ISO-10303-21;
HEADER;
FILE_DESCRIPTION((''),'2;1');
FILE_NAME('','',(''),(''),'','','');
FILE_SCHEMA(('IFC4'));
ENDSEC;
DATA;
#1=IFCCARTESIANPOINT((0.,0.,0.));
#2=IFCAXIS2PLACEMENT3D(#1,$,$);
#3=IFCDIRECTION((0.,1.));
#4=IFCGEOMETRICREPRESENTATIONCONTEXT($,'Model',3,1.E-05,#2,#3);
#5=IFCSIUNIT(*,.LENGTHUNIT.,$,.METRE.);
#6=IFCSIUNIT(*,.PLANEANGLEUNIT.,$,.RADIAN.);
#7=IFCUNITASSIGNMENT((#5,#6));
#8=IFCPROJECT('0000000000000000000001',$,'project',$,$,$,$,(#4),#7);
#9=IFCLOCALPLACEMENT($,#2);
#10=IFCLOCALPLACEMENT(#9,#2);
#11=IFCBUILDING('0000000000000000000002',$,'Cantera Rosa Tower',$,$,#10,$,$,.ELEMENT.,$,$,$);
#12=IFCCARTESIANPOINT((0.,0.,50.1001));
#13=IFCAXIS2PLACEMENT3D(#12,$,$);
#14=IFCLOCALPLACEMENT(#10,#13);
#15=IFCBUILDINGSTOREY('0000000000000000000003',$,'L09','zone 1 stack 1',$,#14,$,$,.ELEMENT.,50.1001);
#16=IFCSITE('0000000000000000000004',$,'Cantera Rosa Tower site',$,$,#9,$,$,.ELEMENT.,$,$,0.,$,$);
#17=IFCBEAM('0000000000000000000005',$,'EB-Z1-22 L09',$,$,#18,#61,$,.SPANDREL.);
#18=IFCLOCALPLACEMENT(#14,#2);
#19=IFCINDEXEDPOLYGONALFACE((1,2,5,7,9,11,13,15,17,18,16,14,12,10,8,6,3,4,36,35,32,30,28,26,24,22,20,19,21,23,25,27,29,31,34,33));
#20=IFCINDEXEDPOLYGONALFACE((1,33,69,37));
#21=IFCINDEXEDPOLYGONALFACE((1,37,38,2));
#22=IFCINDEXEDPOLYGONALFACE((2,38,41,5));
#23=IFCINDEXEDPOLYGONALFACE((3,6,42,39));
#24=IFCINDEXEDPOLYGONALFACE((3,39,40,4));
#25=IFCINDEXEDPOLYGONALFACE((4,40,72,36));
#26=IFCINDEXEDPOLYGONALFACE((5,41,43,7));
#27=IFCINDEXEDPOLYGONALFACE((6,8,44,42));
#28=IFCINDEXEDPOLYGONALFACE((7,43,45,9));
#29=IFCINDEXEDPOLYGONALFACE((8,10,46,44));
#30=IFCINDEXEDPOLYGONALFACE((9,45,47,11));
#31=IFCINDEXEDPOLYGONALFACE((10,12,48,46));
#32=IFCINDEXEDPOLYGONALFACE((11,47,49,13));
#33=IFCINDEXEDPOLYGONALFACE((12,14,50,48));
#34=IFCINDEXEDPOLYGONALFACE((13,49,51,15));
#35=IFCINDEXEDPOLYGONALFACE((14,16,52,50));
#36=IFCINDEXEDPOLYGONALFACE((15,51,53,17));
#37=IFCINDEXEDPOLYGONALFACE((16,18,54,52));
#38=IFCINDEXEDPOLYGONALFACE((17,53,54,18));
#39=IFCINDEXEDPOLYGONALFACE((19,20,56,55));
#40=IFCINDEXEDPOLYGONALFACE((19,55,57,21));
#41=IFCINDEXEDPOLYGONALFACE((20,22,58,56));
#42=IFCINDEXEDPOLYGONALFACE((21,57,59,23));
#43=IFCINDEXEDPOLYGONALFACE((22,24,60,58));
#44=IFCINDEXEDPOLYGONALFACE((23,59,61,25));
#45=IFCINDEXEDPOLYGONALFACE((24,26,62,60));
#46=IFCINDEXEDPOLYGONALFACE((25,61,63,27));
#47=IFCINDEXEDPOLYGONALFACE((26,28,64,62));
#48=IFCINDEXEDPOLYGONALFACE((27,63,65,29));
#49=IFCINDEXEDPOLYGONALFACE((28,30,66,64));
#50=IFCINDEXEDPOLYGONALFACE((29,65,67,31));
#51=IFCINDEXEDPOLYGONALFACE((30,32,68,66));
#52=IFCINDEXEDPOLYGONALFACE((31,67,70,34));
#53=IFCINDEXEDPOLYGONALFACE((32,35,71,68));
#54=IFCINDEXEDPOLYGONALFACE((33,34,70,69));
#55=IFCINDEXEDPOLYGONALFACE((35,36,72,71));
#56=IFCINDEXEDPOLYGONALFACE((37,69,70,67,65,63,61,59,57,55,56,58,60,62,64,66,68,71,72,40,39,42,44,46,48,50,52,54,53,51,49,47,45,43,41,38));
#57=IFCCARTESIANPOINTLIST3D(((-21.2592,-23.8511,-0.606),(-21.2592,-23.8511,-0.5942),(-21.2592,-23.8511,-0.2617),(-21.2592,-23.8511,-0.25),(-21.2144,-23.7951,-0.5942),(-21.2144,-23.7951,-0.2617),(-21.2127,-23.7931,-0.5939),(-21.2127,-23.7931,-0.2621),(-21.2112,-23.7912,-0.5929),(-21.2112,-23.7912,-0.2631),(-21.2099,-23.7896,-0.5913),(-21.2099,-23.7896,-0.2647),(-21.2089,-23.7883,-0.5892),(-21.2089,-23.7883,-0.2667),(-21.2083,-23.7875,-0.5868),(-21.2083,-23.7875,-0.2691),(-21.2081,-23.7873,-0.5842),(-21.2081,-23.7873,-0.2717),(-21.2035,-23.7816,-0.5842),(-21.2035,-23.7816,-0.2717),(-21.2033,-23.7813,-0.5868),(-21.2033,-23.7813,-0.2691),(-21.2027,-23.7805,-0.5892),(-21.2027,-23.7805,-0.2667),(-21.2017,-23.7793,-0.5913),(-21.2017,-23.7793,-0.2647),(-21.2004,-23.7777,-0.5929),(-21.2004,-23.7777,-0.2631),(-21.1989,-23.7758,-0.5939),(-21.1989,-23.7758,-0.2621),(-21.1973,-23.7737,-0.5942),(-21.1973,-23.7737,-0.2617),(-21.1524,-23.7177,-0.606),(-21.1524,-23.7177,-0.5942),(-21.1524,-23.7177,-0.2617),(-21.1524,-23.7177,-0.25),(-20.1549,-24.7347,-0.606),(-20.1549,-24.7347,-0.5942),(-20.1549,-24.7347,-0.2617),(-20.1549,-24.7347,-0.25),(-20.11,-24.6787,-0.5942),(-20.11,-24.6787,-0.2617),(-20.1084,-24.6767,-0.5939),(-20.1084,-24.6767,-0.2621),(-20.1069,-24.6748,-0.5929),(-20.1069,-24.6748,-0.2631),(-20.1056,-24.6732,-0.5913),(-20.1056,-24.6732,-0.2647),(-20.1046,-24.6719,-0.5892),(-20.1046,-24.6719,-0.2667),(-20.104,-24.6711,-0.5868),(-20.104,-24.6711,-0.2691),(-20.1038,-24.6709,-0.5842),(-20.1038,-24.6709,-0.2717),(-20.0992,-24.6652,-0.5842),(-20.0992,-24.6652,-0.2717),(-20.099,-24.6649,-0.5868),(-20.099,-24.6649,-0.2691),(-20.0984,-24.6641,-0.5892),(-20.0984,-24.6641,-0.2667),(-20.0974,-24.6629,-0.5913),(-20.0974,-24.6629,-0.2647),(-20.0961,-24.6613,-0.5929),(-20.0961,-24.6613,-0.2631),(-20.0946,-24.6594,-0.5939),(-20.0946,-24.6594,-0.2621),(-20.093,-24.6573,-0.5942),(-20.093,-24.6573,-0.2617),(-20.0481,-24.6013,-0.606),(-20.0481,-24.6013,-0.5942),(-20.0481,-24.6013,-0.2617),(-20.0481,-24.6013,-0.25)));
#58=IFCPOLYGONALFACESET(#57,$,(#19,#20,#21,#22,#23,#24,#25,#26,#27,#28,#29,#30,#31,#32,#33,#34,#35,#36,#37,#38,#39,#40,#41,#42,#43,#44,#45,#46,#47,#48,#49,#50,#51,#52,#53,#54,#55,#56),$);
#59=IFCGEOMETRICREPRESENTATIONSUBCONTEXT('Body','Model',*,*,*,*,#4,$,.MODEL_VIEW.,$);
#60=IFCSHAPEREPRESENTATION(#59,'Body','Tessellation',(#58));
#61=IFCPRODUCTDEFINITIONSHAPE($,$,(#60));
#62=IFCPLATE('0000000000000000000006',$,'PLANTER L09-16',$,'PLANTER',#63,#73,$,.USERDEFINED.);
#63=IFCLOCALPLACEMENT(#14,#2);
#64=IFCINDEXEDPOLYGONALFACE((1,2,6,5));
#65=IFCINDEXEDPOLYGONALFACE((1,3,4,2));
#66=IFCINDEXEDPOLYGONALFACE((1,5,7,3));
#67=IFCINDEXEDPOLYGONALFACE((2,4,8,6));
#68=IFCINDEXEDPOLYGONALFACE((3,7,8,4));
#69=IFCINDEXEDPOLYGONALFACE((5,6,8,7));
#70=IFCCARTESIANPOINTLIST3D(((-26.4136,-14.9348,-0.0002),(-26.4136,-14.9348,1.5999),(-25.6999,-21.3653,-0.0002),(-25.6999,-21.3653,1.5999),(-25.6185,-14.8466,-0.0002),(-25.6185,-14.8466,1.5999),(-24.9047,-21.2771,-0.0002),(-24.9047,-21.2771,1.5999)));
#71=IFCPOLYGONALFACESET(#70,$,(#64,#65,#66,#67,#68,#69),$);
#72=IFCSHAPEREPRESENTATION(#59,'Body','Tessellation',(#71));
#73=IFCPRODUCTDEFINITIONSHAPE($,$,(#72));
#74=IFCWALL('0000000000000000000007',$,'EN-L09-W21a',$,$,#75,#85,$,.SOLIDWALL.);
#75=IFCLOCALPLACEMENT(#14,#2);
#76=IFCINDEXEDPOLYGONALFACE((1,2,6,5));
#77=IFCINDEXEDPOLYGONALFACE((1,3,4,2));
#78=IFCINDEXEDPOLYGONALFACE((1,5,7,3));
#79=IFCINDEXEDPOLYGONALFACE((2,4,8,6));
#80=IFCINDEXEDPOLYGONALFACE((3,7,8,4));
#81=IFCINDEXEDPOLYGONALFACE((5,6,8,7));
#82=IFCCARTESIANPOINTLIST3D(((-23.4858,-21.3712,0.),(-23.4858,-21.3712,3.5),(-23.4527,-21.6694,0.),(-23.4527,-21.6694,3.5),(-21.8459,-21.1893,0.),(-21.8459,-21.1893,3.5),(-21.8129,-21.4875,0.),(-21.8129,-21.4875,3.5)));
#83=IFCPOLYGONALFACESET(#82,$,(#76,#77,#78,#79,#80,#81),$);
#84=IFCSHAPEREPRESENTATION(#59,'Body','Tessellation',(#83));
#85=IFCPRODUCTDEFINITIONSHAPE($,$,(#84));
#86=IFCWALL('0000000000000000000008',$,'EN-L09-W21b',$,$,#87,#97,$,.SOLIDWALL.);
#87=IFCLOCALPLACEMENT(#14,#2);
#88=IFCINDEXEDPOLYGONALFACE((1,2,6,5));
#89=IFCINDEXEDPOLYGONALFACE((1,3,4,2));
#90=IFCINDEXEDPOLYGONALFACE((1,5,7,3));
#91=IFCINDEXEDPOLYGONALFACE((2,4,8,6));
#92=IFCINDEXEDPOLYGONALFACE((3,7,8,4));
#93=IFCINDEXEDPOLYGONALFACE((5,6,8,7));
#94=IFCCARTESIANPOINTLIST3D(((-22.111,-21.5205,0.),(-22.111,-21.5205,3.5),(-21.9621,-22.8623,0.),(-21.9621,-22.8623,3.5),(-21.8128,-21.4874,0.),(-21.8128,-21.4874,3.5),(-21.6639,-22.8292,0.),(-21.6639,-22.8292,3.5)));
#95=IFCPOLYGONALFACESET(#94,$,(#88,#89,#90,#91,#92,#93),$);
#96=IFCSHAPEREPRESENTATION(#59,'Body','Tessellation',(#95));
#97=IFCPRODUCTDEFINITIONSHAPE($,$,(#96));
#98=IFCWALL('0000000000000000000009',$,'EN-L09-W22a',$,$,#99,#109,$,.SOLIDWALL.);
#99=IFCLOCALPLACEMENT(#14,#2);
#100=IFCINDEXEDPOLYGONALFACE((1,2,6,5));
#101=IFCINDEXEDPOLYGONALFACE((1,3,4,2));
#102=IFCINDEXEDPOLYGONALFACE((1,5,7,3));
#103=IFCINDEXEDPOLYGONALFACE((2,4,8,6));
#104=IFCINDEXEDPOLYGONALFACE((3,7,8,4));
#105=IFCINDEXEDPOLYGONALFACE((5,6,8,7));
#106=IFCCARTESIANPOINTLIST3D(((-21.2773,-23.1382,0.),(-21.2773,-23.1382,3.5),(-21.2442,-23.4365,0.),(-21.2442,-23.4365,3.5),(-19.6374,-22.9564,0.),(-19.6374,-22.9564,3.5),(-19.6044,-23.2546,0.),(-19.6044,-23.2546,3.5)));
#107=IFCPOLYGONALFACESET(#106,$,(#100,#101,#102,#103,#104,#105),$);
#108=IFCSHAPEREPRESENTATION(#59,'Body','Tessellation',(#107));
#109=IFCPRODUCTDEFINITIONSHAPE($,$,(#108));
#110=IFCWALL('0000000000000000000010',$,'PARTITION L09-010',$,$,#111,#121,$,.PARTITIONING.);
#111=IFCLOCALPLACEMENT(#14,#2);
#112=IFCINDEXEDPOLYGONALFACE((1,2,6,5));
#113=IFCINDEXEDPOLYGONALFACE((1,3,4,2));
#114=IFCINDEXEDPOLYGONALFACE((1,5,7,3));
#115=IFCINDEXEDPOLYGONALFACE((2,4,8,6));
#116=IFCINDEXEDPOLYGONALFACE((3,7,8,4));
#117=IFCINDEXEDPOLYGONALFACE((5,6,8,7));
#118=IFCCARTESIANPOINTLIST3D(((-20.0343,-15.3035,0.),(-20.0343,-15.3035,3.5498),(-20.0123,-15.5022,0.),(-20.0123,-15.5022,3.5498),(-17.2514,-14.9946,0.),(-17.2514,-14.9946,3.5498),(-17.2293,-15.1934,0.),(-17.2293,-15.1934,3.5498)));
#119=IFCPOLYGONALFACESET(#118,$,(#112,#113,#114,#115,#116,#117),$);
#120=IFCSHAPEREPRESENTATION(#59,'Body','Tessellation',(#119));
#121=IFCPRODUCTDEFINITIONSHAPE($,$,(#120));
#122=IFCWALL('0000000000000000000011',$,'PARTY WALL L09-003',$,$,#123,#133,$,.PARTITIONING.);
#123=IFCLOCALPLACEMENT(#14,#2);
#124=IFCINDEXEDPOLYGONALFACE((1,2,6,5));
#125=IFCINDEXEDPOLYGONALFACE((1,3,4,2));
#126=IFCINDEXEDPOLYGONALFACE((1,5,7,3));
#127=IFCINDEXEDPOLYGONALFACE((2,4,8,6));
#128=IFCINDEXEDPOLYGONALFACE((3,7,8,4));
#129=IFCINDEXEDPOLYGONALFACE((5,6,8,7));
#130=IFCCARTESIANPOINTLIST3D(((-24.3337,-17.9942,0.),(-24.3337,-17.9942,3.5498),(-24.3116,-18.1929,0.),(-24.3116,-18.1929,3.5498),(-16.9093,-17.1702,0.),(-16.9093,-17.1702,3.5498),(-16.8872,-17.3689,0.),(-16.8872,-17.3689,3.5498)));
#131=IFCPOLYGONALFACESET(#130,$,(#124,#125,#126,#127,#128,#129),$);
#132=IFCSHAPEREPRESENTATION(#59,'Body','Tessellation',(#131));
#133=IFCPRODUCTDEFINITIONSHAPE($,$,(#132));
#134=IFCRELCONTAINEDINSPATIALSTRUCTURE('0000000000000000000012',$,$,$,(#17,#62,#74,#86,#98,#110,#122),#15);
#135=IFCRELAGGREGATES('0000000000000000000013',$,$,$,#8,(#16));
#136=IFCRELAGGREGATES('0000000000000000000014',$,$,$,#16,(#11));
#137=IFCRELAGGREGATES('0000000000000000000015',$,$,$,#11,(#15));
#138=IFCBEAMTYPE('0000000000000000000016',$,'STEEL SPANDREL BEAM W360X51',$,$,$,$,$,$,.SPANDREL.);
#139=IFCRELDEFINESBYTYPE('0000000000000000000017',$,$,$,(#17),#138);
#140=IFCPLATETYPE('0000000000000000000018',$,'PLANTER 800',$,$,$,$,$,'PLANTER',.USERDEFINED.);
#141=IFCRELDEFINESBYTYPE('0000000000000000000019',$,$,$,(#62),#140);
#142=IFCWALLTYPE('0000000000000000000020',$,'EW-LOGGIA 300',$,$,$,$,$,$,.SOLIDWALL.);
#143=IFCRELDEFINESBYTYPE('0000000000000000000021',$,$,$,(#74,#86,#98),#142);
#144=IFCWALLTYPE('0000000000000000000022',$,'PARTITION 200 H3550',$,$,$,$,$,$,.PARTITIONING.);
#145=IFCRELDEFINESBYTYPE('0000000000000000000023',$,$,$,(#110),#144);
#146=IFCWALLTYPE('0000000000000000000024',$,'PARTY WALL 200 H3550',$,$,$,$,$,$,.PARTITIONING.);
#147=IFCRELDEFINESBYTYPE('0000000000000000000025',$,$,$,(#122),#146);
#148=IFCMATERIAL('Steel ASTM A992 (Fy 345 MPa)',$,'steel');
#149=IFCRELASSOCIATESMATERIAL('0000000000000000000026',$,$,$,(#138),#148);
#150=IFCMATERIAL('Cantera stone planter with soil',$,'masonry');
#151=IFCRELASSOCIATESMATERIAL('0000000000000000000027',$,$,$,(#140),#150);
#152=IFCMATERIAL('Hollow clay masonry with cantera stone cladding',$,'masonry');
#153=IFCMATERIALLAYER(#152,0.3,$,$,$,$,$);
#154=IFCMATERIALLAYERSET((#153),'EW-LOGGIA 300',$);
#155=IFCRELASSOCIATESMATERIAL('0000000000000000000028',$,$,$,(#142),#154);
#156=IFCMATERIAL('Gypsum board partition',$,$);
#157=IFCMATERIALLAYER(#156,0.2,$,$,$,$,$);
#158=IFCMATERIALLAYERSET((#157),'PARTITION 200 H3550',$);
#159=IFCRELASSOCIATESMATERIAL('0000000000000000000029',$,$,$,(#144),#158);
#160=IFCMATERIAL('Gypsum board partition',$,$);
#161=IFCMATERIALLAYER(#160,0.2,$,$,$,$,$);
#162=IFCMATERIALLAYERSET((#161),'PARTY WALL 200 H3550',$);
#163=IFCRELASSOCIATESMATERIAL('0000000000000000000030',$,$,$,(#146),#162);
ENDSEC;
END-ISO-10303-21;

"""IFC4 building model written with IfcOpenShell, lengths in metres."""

from ifc_helpers import new_model, si_unit, direction, frame, frame_2d, origin, origin_2d, place, context, subcontext, project, spatial, rectangle, i_section, extrude, material, layer, layer_set, material_profile, profile_set, type_object, element, save


model = new_model("IFC4")

# Units and contexts
model_context = context("Model", 3, precision=1e-05, world=origin(), true_north=direction((0.0, 1.0)))
body_context = subcontext(model_context, "Body", "Model", "MODEL_VIEW")
ifc_project = project(units=[si_unit("LENGTHUNIT", "METRE"), si_unit("PLANEANGLEUNIT", "RADIAN")], contexts=[model_context])

# Site, building, storey
site_placement = place(None, origin())
site = spatial("IfcSite", under=ifc_project, at=site_placement, Name="Cantera Rosa Tower site", CompositionType="ELEMENT", RefElevation=0.0)
building_placement = place(site_placement, origin())
building = spatial("IfcBuilding", under=site, at=building_placement, Name="Cantera Rosa Tower", CompositionType="ELEMENT")
storey_placement = place(building_placement, frame((0.0, 0.0, 50.1001)))
storey = spatial("IfcBuildingStorey", under=building, at=storey_placement, Name="L09", Description="zone 1 stack 1", CompositionType="ELEMENT", Elevation=50.1001)

# Beam
ifc_material_1 = material(Name="Steel ASTM A992 (Fy 345 MPa)", Category="steel")
ifc_material_profile_1 = material_profile(ifc_material_1, i_section(OverallWidth=0.1709, OverallDepth=0.356, WebThickness=0.0073, FlangeThickness=0.0117, FilletRadius=0.01, at=origin_2d()), Name="W360X51")
ifc_profile_set_1 = profile_set([ifc_material_profile_1], Name="Steel ASTM A992 (Fy 345 MPa)")
beam_type_1 = type_object("IfcBeamType", Name="STEEL SPANDREL BEAM W360X51", PredefinedType="SPANDREL", material=ifc_profile_set_1)
for number, where, z_axis, x_axis, name in (
    (1, (-21.2058, -23.7844, -0.428), (0.780818, -0.624758, 0.0), (0.624758, 0.780818, 0.0), "EB-Z1-22 L09"),
):
    element("IfcBeam", number, at=place(storey_placement, frame(where, z_axis=z_axis, x_axis=x_axis)), inside=storey, type_object=beam_type_1, Name=name, PredefinedType="SPANDREL", context=body_context, shape_type="SweptSolid", body=[
        extrude(i_section(OverallWidth=0.1709, OverallDepth=0.356, WebThickness=0.0073, FlangeThickness=0.0117, FilletRadius=0.01, at=origin_2d()), origin(), (0.0, 0.0, 1.0), 1.4143),
    ])

# Plate
ifc_material_2 = material(Name="Cantera stone planter with soil", Category="masonry")
plate_type = type_object("IfcPlateType", Name="PLANTER 800", ElementType="PLANTER", PredefinedType="USERDEFINED", material=ifc_material_2)
plate_placement = place(storey_placement, frame((-25.6592, -18.106, -0.0002), z_axis=(0.0, 0.0, 1.0), x_axis=(0.110313, -0.993897, 0.0)))
element("IfcPlate", 2, at=plate_placement, inside=storey, type_object=plate_type, Name="PLANTER L09-16", ObjectType="PLANTER", PredefinedType="USERDEFINED", context=body_context, shape_type="SweptSolid", body=[
    extrude(rectangle(XDim=6.47, YDim=0.8, at=origin_2d()), origin(), (0.0, 0.0, 1.0), 1.6001),
])

# Walls
ifc_material_3 = material(Name="Hollow clay masonry with cantera stone cladding", Category="masonry")
ifc_layer_1 = layer(ifc_material_3, 0.3)
ifc_layer_set_1 = layer_set([ifc_layer_1], Name="EW-LOGGIA 300")
wall_type_1 = type_object("IfcWallType", Name="EW-LOGGIA 300", PredefinedType="SOLIDWALL", material=ifc_layer_set_1)
wall_1_placement = place(storey_placement, frame((-23.4692, -21.5203, 0.0), z_axis=(0.0, 0.0, 1.0), x_axis=(0.993905, 0.110237, 0.0)))
element("IfcWall", 3, at=wall_1_placement, inside=storey, type_object=wall_type_1, Name="EN-L09-W21a", PredefinedType="SOLIDWALL", context=body_context, shape_type="SweptSolid", body=[
    extrude(rectangle(XDim=1.6499, YDim=0.3, at=frame_2d((0.825, 0.0))), origin(), (0.0, 0.0, 1.0), 3.5),
])
wall_2_placement = place(storey_placement, frame((-21.9619, -21.5039, 0.0), z_axis=(0.0, 0.0, 1.0), x_axis=(0.110312, -0.993897, 0.0)))
element("IfcWall", 4, at=wall_2_placement, inside=storey, type_object=wall_type_1, Name="EN-L09-W21b", PredefinedType="SOLIDWALL", context=body_context, shape_type="SweptSolid", body=[
    extrude(rectangle(XDim=1.3501, YDim=0.3, at=frame_2d((0.675, 0.0))), origin(), (0.0, 0.0, 1.0), 3.5),
])
wall_3_placement = place(storey_placement, frame((-21.2607, -23.2874, 0.0), z_axis=(0.0, 0.0, 1.0), x_axis=(0.993905, 0.110237, 0.0)))
element("IfcWall", 5, at=wall_3_placement, inside=storey, type_object=wall_type_1, Name="EN-L09-W22a", PredefinedType="SOLIDWALL", context=body_context, shape_type="SweptSolid", body=[
    extrude(rectangle(XDim=1.6499, YDim=0.3, at=frame_2d((0.825, 0.0))), origin(), (0.0, 0.0, 1.0), 3.5),
])
ifc_material_4 = material(Name="Gypsum board partition")
ifc_layer_2 = layer(ifc_material_4, 0.2)
ifc_layer_set_2 = layer_set([ifc_layer_2], Name="PARTITION 200 H3550")
wall_type_2 = type_object("IfcWallType", Name="PARTITION 200 H3550", PredefinedType="PARTITIONING", material=ifc_layer_set_2)
wall_4_placement = place(storey_placement, frame((-20.0232, -15.4028, 0.0), z_axis=(0.0, 0.0, 1.0), x_axis=(0.993899, 0.110298, 0.0)))
element("IfcWall", 6, at=wall_4_placement, inside=storey, type_object=wall_type_2, Name="PARTITION L09-010", PredefinedType="PARTITIONING", context=body_context, shape_type="SweptSolid", body=[
    extrude(rectangle(XDim=2.8, YDim=0.2, at=frame_2d((1.3999, 0.0))), origin(), (0.0, 0.0, 1.0), 3.5498),
])
ifc_material_5 = material(Name="Gypsum board partition")
ifc_layer_3 = layer(ifc_material_5, 0.2)
ifc_layer_set_3 = layer_set([ifc_layer_3], Name="PARTY WALL 200 H3550")
wall_type_3 = type_object("IfcWallType", Name="PARTY WALL 200 H3550", PredefinedType="PARTITIONING", material=ifc_layer_set_3)
wall_5_placement = place(storey_placement, frame((-24.3225, -18.0935, 0.0), z_axis=(0.0, 0.0, 1.0), x_axis=(0.993898, 0.110306, 0.0)))
element("IfcWall", 7, at=wall_5_placement, inside=storey, type_object=wall_type_3, Name="PARTY WALL L09-003", PredefinedType="PARTITIONING", context=body_context, shape_type="SweptSolid", body=[
    extrude(rectangle(XDim=7.47, YDim=0.2, at=frame_2d((3.7349, 0.0))), origin(), (0.0, 0.0, 1.0), 3.5498),
])

save(model, "model.ifc")
